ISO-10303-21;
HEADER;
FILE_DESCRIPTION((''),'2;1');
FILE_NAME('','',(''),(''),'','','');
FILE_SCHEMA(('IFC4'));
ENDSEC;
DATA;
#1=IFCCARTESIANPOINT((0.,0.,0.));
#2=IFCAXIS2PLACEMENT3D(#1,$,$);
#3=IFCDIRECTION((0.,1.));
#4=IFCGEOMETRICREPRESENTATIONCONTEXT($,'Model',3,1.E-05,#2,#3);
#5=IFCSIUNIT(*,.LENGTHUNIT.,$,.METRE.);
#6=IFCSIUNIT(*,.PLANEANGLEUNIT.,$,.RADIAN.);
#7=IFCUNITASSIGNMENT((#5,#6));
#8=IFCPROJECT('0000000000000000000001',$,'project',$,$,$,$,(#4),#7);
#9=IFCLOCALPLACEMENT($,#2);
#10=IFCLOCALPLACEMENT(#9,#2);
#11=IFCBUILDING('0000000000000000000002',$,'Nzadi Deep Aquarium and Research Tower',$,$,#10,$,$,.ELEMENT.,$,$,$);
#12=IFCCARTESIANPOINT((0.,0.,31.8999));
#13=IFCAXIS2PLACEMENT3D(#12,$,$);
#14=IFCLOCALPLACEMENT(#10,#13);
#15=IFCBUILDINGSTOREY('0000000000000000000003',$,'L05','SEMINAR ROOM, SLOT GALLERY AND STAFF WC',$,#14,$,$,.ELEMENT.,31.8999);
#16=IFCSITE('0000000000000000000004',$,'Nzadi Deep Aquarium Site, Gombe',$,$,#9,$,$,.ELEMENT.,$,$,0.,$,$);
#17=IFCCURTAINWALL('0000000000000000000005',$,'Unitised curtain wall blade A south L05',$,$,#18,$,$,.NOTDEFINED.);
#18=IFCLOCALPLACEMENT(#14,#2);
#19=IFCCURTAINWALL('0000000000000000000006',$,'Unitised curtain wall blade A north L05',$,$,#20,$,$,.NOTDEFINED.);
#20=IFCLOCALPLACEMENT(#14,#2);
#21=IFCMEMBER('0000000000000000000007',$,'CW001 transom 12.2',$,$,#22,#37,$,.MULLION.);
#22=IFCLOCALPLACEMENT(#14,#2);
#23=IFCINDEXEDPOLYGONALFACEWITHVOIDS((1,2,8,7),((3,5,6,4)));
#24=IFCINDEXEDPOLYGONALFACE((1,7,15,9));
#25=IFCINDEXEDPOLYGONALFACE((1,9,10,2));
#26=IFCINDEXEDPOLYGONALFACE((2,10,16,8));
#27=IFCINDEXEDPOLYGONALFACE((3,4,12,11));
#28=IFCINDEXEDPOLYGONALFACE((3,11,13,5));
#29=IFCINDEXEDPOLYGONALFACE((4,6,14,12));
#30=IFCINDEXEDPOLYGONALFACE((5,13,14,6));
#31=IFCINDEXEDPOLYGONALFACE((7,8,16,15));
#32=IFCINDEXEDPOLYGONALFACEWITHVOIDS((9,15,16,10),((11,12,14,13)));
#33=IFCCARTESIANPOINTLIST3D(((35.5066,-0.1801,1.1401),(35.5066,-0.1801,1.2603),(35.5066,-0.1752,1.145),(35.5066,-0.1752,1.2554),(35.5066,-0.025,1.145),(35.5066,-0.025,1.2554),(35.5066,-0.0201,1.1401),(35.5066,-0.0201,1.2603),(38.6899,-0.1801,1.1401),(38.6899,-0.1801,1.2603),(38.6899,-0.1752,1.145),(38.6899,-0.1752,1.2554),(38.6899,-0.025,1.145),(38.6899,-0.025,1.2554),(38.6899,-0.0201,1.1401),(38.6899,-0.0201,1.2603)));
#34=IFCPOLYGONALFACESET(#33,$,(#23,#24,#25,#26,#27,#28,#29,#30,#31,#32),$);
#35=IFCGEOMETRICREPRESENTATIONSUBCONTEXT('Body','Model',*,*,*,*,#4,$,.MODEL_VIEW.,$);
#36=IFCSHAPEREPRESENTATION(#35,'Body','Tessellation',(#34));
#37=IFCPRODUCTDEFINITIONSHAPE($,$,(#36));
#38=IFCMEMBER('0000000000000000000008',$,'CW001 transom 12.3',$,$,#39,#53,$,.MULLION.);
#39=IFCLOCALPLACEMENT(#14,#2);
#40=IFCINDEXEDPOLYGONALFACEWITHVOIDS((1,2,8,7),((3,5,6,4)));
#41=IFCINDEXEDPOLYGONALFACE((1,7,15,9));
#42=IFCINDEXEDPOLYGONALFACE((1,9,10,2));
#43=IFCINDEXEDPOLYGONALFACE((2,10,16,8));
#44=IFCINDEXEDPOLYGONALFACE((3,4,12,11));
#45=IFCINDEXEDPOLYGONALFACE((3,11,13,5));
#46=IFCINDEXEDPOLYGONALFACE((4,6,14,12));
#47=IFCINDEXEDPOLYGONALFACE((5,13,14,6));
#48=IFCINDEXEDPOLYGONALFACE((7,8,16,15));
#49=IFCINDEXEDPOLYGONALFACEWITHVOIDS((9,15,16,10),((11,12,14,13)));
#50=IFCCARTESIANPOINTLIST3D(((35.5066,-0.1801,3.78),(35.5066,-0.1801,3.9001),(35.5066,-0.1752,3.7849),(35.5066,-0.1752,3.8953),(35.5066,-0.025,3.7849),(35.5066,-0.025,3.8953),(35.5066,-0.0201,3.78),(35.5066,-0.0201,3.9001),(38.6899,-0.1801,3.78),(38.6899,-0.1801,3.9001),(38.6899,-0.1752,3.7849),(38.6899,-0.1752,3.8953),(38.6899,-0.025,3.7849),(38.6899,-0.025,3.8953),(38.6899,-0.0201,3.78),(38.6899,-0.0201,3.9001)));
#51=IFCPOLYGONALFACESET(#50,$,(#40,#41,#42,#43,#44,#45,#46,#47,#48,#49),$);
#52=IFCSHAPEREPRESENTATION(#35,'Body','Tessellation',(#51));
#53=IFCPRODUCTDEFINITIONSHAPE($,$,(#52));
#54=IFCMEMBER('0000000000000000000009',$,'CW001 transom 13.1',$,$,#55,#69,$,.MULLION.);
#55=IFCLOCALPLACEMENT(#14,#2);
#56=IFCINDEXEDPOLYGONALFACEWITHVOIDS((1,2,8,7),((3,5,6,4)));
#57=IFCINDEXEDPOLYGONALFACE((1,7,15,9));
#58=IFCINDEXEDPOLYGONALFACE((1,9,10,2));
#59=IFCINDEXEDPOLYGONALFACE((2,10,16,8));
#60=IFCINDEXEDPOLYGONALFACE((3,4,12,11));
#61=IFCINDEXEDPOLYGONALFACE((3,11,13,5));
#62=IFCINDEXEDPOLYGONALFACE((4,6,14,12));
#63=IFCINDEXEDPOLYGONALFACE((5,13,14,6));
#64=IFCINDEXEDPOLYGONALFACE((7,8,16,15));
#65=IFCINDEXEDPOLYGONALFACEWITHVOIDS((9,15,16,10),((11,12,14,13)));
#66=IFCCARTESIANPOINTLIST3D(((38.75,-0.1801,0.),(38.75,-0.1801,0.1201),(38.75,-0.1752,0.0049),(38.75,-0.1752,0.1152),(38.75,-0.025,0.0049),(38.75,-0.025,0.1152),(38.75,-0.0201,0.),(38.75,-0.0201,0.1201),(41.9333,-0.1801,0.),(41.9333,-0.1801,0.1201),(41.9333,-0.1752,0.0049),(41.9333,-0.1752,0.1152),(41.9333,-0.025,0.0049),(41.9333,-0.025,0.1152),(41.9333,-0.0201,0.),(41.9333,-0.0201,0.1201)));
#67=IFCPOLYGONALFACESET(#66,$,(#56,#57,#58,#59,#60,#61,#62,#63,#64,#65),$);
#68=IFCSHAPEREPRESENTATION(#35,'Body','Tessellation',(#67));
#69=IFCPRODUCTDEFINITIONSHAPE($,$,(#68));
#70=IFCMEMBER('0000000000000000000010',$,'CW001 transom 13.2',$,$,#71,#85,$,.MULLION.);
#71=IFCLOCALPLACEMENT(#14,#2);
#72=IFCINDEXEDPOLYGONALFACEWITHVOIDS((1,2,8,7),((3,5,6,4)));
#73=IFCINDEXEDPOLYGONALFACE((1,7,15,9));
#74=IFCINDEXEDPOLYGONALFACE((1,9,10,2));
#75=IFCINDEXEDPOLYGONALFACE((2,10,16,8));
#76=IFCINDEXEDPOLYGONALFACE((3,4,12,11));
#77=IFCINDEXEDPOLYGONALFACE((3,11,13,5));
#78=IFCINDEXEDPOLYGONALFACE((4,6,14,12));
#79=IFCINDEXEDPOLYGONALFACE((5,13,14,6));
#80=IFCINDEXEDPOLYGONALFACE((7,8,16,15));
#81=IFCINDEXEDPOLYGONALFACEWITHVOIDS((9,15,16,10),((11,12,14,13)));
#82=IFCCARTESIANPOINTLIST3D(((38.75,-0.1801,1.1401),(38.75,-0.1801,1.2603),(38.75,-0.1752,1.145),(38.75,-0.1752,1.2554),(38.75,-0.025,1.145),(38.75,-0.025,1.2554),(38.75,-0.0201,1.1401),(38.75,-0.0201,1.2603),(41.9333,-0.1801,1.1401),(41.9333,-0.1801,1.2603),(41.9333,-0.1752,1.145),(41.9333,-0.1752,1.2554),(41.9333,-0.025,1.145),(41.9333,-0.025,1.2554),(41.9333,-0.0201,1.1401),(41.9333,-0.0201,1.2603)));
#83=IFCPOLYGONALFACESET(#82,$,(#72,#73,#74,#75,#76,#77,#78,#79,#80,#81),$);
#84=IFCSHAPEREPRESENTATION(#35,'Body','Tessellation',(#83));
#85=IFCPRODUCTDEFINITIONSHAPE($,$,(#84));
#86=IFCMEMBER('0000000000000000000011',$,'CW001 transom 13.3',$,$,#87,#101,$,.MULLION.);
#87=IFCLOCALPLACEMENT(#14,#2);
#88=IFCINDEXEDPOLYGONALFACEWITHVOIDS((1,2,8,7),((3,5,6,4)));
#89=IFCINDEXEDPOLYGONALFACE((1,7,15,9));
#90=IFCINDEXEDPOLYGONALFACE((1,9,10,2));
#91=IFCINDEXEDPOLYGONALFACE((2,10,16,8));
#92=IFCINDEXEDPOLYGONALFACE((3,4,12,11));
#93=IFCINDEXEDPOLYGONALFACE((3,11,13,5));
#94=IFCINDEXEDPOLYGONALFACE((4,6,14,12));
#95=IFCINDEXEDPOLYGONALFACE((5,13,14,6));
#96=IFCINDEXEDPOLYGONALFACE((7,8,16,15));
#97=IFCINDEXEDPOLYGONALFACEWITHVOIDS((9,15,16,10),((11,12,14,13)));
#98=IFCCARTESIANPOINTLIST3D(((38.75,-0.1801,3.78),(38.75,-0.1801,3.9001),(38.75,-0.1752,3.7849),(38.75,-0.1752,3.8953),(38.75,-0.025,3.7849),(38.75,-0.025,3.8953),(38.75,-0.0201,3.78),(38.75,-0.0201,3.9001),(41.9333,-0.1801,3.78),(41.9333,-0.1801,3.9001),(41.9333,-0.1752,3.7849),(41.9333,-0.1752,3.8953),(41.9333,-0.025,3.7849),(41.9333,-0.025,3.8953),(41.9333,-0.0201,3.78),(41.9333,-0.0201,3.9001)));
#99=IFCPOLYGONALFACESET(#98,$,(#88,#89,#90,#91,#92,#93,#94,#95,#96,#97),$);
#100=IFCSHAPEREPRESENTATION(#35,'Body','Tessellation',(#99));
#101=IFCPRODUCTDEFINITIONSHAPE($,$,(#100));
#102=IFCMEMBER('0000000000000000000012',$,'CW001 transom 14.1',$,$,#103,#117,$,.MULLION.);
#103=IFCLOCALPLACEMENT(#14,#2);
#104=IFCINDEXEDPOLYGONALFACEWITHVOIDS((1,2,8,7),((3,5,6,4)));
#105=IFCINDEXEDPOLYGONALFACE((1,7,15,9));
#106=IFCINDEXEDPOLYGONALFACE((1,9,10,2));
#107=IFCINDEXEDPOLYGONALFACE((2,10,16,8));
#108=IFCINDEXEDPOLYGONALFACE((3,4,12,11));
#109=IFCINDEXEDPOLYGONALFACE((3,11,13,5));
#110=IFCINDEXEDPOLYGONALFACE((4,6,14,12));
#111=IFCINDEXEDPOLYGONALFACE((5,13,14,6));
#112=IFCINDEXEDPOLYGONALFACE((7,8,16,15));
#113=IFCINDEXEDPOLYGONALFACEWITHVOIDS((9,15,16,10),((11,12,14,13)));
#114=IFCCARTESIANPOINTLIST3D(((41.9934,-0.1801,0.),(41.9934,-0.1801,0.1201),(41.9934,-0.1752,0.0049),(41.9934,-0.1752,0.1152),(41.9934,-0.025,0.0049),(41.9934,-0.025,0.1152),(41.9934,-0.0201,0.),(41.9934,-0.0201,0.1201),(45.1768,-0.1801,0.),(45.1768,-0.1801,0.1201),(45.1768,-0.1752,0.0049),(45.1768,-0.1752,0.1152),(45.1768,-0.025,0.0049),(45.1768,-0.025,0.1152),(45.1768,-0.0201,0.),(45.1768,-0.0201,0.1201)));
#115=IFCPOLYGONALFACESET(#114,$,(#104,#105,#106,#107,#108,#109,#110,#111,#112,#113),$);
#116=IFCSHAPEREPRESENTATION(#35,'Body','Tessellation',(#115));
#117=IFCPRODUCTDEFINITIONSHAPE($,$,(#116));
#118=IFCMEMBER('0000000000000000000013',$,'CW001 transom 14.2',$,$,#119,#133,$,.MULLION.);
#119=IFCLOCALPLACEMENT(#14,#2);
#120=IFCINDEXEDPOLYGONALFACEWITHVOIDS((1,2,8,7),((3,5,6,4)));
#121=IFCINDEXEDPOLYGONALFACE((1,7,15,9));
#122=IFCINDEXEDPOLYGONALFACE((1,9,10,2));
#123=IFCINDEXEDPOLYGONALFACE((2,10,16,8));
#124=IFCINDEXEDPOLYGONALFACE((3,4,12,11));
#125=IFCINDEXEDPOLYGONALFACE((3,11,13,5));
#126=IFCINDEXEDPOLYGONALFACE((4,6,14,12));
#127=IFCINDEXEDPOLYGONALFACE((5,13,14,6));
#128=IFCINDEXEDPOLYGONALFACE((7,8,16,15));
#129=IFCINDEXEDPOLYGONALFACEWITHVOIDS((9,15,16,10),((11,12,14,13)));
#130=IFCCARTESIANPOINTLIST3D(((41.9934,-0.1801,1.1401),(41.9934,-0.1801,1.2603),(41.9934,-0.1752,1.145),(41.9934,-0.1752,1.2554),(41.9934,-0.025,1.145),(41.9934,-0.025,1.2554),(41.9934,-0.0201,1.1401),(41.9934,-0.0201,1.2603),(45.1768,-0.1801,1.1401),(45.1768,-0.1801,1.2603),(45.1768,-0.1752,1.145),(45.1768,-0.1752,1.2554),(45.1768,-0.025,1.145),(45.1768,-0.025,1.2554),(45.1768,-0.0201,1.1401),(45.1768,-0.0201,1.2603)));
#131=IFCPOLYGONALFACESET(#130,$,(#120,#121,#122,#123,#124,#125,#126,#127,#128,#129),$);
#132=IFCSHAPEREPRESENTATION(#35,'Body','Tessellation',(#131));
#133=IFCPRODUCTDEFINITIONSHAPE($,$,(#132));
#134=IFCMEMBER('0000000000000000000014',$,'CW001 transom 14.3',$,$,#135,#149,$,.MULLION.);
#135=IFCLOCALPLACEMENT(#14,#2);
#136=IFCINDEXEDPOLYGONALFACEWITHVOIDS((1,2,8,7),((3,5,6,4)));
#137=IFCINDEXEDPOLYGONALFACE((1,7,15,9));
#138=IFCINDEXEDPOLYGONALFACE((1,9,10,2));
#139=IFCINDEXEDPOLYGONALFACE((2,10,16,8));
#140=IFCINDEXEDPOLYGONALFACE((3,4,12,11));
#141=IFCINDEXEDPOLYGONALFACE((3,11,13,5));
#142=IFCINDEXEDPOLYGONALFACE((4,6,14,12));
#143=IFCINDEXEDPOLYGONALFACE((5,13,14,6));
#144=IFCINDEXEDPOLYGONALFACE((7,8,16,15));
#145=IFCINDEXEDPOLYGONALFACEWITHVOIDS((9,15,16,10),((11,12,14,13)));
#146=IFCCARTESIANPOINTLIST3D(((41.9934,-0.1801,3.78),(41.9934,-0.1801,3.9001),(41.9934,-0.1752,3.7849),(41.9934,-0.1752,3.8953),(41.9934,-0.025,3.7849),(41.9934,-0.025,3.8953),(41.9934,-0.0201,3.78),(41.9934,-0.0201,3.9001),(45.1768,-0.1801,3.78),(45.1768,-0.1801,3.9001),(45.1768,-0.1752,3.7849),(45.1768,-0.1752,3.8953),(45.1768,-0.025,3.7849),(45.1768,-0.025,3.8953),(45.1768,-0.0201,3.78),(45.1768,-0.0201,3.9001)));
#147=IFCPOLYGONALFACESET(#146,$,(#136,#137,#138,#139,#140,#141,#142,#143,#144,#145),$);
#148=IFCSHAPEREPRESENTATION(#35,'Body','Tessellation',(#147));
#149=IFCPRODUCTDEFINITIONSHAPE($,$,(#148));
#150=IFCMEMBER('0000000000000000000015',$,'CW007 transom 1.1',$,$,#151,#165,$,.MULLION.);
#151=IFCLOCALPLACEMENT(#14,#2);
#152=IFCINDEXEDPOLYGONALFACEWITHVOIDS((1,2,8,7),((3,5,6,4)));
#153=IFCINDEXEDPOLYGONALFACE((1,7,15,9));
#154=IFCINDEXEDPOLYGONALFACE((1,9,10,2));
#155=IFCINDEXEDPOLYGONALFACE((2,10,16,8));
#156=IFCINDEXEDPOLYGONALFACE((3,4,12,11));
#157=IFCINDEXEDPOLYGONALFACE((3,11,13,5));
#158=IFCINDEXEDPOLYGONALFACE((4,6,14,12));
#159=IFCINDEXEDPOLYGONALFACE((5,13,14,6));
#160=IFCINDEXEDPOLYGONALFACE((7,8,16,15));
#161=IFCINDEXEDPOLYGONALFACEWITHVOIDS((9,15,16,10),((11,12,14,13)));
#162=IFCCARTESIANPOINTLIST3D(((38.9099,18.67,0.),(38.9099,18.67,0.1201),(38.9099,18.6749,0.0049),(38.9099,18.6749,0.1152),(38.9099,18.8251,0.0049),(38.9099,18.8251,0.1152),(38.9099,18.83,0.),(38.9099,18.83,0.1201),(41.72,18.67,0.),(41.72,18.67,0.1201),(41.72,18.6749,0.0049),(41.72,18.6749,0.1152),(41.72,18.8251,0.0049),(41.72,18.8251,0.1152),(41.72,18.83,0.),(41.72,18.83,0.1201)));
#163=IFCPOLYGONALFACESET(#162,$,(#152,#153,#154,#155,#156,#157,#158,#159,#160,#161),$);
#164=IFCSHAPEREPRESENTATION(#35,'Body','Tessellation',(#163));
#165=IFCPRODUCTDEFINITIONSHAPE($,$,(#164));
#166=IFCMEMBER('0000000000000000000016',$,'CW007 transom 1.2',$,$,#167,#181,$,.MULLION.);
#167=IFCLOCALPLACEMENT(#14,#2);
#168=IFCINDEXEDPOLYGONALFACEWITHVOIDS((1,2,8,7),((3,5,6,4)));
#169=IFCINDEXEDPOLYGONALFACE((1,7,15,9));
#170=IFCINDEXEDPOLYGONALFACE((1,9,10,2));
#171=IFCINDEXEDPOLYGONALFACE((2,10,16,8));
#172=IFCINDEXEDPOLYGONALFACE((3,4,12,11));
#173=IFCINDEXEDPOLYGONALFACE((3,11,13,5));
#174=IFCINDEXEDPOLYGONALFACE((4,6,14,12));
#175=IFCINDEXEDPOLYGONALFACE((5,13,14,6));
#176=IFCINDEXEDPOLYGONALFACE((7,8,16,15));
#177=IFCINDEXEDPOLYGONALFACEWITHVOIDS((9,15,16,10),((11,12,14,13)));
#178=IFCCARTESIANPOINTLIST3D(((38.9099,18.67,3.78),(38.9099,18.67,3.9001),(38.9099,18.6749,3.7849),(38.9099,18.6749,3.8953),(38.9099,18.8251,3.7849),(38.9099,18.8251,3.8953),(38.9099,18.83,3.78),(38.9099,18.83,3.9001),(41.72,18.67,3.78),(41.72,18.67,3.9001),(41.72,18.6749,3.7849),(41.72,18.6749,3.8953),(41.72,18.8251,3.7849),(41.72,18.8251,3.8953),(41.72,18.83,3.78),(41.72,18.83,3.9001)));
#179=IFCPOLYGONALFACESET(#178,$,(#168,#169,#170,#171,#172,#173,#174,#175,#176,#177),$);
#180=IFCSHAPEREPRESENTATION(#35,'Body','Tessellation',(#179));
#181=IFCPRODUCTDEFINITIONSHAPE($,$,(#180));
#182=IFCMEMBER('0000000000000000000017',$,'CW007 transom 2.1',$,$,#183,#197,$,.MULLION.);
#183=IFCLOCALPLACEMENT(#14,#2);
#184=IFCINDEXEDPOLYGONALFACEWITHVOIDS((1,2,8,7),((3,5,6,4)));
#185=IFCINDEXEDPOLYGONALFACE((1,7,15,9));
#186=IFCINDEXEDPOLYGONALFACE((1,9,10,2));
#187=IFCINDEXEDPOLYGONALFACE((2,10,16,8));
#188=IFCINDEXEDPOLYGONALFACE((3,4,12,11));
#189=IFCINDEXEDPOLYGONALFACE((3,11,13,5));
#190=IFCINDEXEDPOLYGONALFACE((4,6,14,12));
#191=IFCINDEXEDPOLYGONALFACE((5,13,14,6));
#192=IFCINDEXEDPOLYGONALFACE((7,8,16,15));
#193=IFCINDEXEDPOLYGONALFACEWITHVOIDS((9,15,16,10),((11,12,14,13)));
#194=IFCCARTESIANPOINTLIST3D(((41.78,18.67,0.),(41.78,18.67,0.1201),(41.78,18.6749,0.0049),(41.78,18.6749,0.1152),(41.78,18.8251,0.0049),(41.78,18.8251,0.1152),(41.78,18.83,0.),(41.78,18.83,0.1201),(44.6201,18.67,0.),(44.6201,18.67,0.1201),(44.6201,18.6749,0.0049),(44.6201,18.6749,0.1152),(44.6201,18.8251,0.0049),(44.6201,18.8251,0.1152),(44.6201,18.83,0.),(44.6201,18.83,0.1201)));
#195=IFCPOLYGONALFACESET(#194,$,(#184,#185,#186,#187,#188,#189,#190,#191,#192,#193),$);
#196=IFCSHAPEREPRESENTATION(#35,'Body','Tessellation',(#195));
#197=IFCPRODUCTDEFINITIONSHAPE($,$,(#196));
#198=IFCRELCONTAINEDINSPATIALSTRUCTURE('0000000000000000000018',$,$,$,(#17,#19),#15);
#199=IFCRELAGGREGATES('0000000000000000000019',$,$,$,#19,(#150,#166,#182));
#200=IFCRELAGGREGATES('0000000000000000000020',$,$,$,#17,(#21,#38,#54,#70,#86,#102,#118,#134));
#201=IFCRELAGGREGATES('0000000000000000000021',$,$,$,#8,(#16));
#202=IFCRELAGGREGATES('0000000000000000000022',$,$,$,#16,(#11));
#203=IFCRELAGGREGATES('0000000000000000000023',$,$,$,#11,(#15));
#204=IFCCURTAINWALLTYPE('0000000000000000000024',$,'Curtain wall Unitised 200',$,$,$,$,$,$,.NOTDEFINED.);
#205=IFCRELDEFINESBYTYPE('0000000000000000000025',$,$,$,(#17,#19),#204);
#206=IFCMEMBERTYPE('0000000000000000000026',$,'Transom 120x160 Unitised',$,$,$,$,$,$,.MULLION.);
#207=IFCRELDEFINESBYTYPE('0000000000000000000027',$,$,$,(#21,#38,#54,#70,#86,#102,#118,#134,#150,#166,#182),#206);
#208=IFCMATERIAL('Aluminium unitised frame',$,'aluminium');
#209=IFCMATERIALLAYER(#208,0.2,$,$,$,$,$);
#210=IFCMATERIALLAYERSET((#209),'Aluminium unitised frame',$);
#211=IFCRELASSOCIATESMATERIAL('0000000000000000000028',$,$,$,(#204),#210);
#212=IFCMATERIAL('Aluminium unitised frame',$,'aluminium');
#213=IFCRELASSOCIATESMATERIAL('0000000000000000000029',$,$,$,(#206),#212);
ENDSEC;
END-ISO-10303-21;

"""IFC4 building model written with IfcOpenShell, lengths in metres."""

from ifc_helpers import new_model, si_unit, direction, frame, origin, origin_2d, place, context, subcontext, project, spatial, hollow_rectangle, extrude, material, layer, layer_set, material_profile, profile_set, type_object, element, aggregate, save


model = new_model("IFC4")

# Units and contexts
model_context = context("Model", 3, precision=1e-05, world=origin(), true_north=direction((0.0, 1.0)))
body_context = subcontext(model_context, "Body", "Model", "MODEL_VIEW")
ifc_project = project(units=[si_unit("LENGTHUNIT", "METRE"), si_unit("PLANEANGLEUNIT", "RADIAN")], contexts=[model_context])

# Site, building, storey
site_placement = place(None, origin())
site = spatial("IfcSite", under=ifc_project, at=site_placement, Name="Nzadi Deep Aquarium Site, Gombe", CompositionType="ELEMENT", RefElevation=0.0)
building_placement = place(site_placement, origin())
building = spatial("IfcBuilding", under=site, at=building_placement, Name="Nzadi Deep Aquarium and Research Tower", CompositionType="ELEMENT")
storey_placement = place(building_placement, frame((0.0, 0.0, 31.8999)))
storey = spatial("IfcBuildingStorey", under=building, at=storey_placement, Name="L05", Description="SEMINAR ROOM, SLOT GALLERY AND STAFF WC", CompositionType="ELEMENT", Elevation=31.8999)

# Curtain wall
ifc_material_1 = material(Name="Aluminium unitised frame", Category="aluminium")
ifc_layer_1 = layer(ifc_material_1, 0.2)
ifc_layer_set_1 = layer_set([ifc_layer_1], Name="Aluminium unitised frame")
curtain_wall_type = type_object("IfcCurtainWallType", Name="Curtain wall Unitised 200", PredefinedType="NOTDEFINED", material=ifc_layer_set_1)
curtain_wall_1_placement = place(storey_placement, origin())
curtain_wall_1 = element("IfcCurtainWall", 1, at=curtain_wall_1_placement, inside=storey, type_object=curtain_wall_type, Name="Unitised curtain wall blade A south L05", PredefinedType="NOTDEFINED")

# Curtain wall
curtain_wall_2_placement = place(storey_placement, origin())
curtain_wall_2 = element("IfcCurtainWall", 2, at=curtain_wall_2_placement, inside=storey, type_object=curtain_wall_type, Name="Unitised curtain wall blade A north L05", PredefinedType="NOTDEFINED")

# Members
ifc_material_2 = material(Name="Aluminium unitised frame", Category="aluminium")
ifc_material_profile_1 = material_profile(ifc_material_2, hollow_rectangle(XDim=0.1599, YDim=0.1201, WallThickness=0.0049, at=origin_2d()))
ifc_profile_set_1 = profile_set([ifc_material_profile_1], Name="Aluminium unitised frame")
member_type_1 = type_object("IfcMemberType", Name="Transom 120x160 Unitised", PredefinedType="MULLION", material=ifc_profile_set_1)
member_1_placement = place(storey_placement, frame((35.5066, -0.1001, 1.2002), z_axis=(1.0, 0.0, 0.0), x_axis=(0.0, 1.0, 0.0)))
member_1 = element("IfcMember", 3, at=member_1_placement, type_object=member_type_1, Name="CW001 transom 12.2", PredefinedType="MULLION", context=body_context, shape_type="SweptSolid", body=[
    extrude(hollow_rectangle(XDim=0.1599, YDim=0.1201, WallThickness=0.0049, at=origin_2d()), origin(), (0.0, 0.0, 1.0), 3.1833),
])
member_2_placement = place(storey_placement, frame((35.5066, -0.1001, 3.8401), z_axis=(1.0, 0.0, 0.0), x_axis=(0.0, 1.0, 0.0)))
member_2 = element("IfcMember", 4, at=member_2_placement, type_object=member_type_1, Name="CW001 transom 12.3", PredefinedType="MULLION", context=body_context, shape_type="SweptSolid", body=[
    extrude(hollow_rectangle(XDim=0.1599, YDim=0.1201, WallThickness=0.0049, at=origin_2d()), origin(), (0.0, 0.0, 1.0), 3.1833),
])
member_3_placement = place(storey_placement, frame((38.75, -0.1001, 0.0601), z_axis=(1.0, 0.0, 0.0), x_axis=(0.0, 1.0, 0.0)))
member_3 = element("IfcMember", 5, at=member_3_placement, type_object=member_type_1, Name="CW001 transom 13.1", PredefinedType="MULLION", context=body_context, shape_type="SweptSolid", body=[
    extrude(hollow_rectangle(XDim=0.1599, YDim=0.1201, WallThickness=0.0049, at=origin_2d()), origin(), (0.0, 0.0, 1.0), 3.1833),
])
member_4_placement = place(storey_placement, frame((38.75, -0.1001, 1.2002), z_axis=(1.0, 0.0, 0.0), x_axis=(0.0, 1.0, 0.0)))
member_4 = element("IfcMember", 6, at=member_4_placement, type_object=member_type_1, Name="CW001 transom 13.2", PredefinedType="MULLION", context=body_context, shape_type="SweptSolid", body=[
    extrude(hollow_rectangle(XDim=0.1599, YDim=0.1201, WallThickness=0.0049, at=origin_2d()), origin(), (0.0, 0.0, 1.0), 3.1833),
])
member_5_placement = place(storey_placement, frame((38.75, -0.1001, 3.8401), z_axis=(1.0, 0.0, 0.0), x_axis=(0.0, 1.0, 0.0)))
member_5 = element("IfcMember", 7, at=member_5_placement, type_object=member_type_1, Name="CW001 transom 13.3", PredefinedType="MULLION", context=body_context, shape_type="SweptSolid", body=[
    extrude(hollow_rectangle(XDim=0.1599, YDim=0.1201, WallThickness=0.0049, at=origin_2d()), origin(), (0.0, 0.0, 1.0), 3.1833),
])
member_6_placement = place(storey_placement, frame((41.9934, -0.1001, 0.0601), z_axis=(1.0, 0.0, 0.0), x_axis=(0.0, 1.0, 0.0)))
member_6 = element("IfcMember", 8, at=member_6_placement, type_object=member_type_1, Name="CW001 transom 14.1", PredefinedType="MULLION", context=body_context, shape_type="SweptSolid", body=[
    extrude(hollow_rectangle(XDim=0.1599, YDim=0.1201, WallThickness=0.0049, at=origin_2d()), origin(), (0.0, 0.0, 1.0), 3.1833),
])
member_7_placement = place(storey_placement, frame((41.9934, -0.1001, 1.2002), z_axis=(1.0, 0.0, 0.0), x_axis=(0.0, 1.0, 0.0)))
member_7 = element("IfcMember", 9, at=member_7_placement, type_object=member_type_1, Name="CW001 transom 14.2", PredefinedType="MULLION", context=body_context, shape_type="SweptSolid", body=[
    extrude(hollow_rectangle(XDim=0.1599, YDim=0.1201, WallThickness=0.0049, at=origin_2d()), origin(), (0.0, 0.0, 1.0), 3.1833),
])
member_8_placement = place(storey_placement, frame((41.9934, -0.1001, 3.8401), z_axis=(1.0, 0.0, 0.0), x_axis=(0.0, 1.0, 0.0)))
member_8 = element("IfcMember", 10, at=member_8_placement, type_object=member_type_1, Name="CW001 transom 14.3", PredefinedType="MULLION", context=body_context, shape_type="SweptSolid", body=[
    extrude(hollow_rectangle(XDim=0.1599, YDim=0.1201, WallThickness=0.0049, at=origin_2d()), origin(), (0.0, 0.0, 1.0), 3.1833),
])
member_9_placement = place(storey_placement, frame((38.9099, 18.75, 0.0601), z_axis=(1.0, 0.0, 0.0), x_axis=(0.0, 1.0, 0.0)))
member_9 = element("IfcMember", 11, at=member_9_placement, type_object=member_type_1, Name="CW007 transom 1.1", PredefinedType="MULLION", context=body_context, shape_type="SweptSolid", body=[
    extrude(hollow_rectangle(XDim=0.1599, YDim=0.1201, WallThickness=0.0049, at=origin_2d()), origin(), (0.0, 0.0, 1.0), 2.8101),
])
member_10_placement = place(storey_placement, frame((38.9099, 18.75, 3.8401), z_axis=(1.0, 0.0, 0.0), x_axis=(0.0, 1.0, 0.0)))
member_10 = element("IfcMember", 12, at=member_10_placement, type_object=member_type_1, Name="CW007 transom 1.2", PredefinedType="MULLION", context=body_context, shape_type="SweptSolid", body=[
    extrude(hollow_rectangle(XDim=0.1599, YDim=0.1201, WallThickness=0.0049, at=origin_2d()), origin(), (0.0, 0.0, 1.0), 2.8101),
])
member_11_placement = place(storey_placement, frame((41.78, 18.75, 0.0601), z_axis=(1.0, 0.0, 0.0), x_axis=(0.0, 1.0, 0.0)))
member_11 = element("IfcMember", 13, at=member_11_placement, type_object=member_type_1, Name="CW007 transom 2.1", PredefinedType="MULLION", context=body_context, shape_type="SweptSolid", body=[
    extrude(hollow_rectangle(XDim=0.1599, YDim=0.1201, WallThickness=0.0049, at=origin_2d()), origin(), (0.0, 0.0, 1.0), 2.8401),
])

aggregate(curtain_wall_2, [member_9, member_10, member_11])
aggregate(curtain_wall_1, [member_1, member_2, member_3, member_4, member_5, member_6, member_7, member_8])

save(model, "model.ifc")
